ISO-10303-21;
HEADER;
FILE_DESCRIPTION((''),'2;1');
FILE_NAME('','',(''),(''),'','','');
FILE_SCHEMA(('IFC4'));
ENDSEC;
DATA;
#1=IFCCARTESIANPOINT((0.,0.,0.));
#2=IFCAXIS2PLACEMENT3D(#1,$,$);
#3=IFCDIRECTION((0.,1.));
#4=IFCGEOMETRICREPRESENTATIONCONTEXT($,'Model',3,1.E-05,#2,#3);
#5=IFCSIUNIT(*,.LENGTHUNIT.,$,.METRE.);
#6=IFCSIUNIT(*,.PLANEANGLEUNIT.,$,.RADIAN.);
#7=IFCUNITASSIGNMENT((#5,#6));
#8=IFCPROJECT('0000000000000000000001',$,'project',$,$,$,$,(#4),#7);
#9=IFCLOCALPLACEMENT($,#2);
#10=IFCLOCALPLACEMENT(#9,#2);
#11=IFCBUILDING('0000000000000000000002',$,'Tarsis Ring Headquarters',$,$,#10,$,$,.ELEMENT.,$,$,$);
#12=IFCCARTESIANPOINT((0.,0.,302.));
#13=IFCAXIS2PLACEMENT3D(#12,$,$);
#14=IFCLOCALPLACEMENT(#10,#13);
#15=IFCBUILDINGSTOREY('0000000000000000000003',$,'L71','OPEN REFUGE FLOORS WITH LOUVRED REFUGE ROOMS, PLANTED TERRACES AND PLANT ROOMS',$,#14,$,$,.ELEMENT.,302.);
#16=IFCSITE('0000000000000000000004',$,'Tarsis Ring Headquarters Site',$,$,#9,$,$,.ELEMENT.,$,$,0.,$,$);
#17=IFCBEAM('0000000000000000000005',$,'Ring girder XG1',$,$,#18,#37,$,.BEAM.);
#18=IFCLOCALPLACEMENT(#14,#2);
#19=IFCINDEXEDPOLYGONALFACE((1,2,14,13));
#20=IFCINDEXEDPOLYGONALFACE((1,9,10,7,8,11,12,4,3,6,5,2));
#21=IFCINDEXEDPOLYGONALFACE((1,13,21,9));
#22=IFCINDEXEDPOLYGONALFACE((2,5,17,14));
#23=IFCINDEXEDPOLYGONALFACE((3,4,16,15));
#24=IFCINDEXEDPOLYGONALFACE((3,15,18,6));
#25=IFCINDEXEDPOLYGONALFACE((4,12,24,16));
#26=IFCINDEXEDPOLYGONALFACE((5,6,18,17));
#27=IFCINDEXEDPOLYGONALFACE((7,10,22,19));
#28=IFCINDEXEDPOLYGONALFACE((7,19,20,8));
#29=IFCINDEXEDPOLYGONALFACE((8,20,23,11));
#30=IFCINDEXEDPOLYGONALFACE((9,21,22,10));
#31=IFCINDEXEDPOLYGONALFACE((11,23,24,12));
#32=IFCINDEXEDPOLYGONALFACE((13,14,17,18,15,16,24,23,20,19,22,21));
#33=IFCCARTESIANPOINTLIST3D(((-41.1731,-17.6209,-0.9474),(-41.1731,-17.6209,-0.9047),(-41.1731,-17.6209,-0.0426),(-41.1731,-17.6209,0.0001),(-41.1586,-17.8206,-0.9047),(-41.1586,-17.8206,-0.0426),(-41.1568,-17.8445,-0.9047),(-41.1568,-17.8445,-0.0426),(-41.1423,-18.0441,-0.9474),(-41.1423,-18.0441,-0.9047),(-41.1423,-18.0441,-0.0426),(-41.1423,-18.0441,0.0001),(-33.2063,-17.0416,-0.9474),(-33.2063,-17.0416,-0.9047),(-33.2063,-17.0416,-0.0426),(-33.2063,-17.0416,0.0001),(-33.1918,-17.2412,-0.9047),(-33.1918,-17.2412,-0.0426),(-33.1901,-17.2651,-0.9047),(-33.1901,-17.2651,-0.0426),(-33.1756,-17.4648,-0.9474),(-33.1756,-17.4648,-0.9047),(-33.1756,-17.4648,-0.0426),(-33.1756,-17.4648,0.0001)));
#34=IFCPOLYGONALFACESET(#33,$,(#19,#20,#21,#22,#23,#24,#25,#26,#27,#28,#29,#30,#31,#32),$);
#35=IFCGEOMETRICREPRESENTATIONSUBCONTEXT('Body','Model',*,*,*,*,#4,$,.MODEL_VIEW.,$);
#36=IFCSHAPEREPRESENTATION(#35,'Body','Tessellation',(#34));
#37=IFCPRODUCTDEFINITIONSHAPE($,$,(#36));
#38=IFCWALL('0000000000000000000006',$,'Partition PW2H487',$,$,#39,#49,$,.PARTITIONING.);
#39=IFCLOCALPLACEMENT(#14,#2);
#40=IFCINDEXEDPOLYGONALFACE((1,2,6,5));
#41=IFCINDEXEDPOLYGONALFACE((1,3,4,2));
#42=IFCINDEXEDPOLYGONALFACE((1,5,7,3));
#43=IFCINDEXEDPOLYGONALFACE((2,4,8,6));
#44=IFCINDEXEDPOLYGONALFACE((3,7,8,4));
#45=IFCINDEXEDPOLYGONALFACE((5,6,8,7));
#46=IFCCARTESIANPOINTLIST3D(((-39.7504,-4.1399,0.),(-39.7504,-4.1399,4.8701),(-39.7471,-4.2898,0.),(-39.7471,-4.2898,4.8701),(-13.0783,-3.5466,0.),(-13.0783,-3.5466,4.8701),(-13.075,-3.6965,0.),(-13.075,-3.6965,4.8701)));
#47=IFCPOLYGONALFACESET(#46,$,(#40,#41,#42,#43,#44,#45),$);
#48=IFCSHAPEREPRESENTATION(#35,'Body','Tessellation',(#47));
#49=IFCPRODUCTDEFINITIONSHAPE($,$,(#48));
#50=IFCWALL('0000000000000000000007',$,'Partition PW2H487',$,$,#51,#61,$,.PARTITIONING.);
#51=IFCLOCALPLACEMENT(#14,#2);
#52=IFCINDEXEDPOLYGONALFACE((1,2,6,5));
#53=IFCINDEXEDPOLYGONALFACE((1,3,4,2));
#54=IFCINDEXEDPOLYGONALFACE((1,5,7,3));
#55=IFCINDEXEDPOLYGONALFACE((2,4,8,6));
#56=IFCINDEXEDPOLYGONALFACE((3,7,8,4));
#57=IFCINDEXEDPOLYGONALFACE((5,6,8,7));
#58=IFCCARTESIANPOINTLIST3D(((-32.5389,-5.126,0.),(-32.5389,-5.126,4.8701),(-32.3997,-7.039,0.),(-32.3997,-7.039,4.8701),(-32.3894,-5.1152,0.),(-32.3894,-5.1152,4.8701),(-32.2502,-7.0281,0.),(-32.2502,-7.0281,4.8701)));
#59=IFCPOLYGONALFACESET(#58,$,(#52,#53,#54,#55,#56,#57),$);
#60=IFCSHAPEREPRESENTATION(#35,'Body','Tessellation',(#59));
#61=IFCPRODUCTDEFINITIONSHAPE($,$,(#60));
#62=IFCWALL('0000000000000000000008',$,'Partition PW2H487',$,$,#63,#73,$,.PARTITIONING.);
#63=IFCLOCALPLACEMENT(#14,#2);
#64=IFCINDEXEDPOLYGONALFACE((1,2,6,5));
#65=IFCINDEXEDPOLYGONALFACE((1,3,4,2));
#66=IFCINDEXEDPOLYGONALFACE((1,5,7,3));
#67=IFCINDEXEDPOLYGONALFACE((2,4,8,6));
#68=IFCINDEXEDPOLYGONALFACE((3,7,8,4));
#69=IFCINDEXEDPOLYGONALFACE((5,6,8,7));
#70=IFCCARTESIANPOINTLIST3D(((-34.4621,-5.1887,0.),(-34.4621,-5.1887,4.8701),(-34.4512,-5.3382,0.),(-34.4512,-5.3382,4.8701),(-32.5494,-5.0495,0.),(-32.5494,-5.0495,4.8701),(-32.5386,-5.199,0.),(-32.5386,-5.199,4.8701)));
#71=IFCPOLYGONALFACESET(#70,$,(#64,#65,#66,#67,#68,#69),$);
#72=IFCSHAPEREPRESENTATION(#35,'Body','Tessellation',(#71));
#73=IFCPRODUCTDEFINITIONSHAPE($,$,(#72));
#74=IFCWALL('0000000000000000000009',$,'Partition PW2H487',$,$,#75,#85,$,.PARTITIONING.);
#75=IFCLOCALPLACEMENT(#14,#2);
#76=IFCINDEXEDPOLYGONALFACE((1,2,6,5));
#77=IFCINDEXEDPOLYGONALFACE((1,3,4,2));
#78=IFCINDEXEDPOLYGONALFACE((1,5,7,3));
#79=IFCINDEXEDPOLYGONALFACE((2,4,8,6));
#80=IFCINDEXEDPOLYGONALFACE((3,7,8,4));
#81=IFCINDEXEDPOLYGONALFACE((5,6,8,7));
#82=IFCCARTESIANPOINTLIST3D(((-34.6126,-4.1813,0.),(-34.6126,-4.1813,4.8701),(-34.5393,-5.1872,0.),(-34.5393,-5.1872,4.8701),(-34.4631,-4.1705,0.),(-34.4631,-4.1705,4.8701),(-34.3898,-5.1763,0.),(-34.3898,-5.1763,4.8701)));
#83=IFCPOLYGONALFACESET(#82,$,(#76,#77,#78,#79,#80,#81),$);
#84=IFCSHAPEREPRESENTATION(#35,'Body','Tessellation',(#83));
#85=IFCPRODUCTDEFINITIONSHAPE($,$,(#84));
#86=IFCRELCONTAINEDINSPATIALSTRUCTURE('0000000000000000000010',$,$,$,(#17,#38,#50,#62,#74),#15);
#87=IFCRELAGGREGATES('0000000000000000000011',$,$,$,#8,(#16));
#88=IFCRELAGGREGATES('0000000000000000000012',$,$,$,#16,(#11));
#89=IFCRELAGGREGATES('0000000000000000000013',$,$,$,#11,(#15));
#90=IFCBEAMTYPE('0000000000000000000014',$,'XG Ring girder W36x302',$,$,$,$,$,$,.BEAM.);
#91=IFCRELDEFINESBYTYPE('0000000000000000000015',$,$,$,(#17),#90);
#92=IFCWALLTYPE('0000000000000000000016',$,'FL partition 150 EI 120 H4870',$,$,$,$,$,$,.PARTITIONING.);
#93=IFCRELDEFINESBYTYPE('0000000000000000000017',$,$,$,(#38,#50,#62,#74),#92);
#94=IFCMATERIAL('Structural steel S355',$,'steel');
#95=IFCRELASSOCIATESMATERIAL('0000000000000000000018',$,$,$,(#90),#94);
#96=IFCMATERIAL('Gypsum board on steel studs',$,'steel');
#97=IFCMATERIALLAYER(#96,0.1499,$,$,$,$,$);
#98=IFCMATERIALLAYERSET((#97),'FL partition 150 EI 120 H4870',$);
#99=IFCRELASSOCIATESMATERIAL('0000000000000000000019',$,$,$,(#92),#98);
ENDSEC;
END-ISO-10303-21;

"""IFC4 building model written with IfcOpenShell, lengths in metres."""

from ifc_helpers import new_model, si_unit, direction, frame, frame_2d, origin, origin_2d, place, context, subcontext, project, spatial, rectangle, i_section, extrude, material, layer, layer_set, material_profile, profile_set, type_object, element, save


model = new_model("IFC4")

# Units and contexts
model_context = context("Model", 3, precision=1e-05, world=origin(), true_north=direction((0.0, 1.0)))
body_context = subcontext(model_context, "Body", "Model", "MODEL_VIEW")
ifc_project = project(units=[si_unit("LENGTHUNIT", "METRE"), si_unit("PLANEANGLEUNIT", "RADIAN")], contexts=[model_context])

# Site, building, storey
site_placement = place(None, origin())
site = spatial("IfcSite", under=ifc_project, at=site_placement, Name="Tarsis Ring Headquarters Site", CompositionType="ELEMENT", RefElevation=0.0)
building_placement = place(site_placement, origin())
building = spatial("IfcBuilding", under=site, at=building_placement, Name="Tarsis Ring Headquarters", CompositionType="ELEMENT")
storey_placement = place(building_placement, frame((0.0, 0.0, 302.0)))
storey = spatial("IfcBuildingStorey", under=building, at=storey_placement, Name="L71", Description="OPEN REFUGE FLOORS WITH LOUVRED REFUGE ROOMS, PLANTED TERRACES AND PLANT ROOMS", CompositionType="ELEMENT", Elevation=302.0)

# Shared definitions
ifc_material_1 = material(Name="Structural steel S355", Category="steel")

# Beam
ifc_material_profile_1 = material_profile(ifc_material_1, i_section(OverallWidth=0.4243, OverallDepth=0.9475, WebThickness=0.0239, FlangeThickness=0.0427, at=origin_2d()), Name="W36x302")
ifc_profile_set_1 = profile_set([ifc_material_profile_1], Name="Structural steel S355")
beam_type = type_object("IfcBeamType", Name="XG Ring girder W36x302", PredefinedType="BEAM", material=ifc_profile_set_1)
beam_1_placement = place(storey_placement, frame((-41.1577, -17.8325, -0.4736), z_axis=(0.997366, 0.072529, 0.0), x_axis=(-0.072529, 0.997366, 0.0)))
element("IfcBeam", 1, at=beam_1_placement, inside=storey, type_object=beam_type, Name="Ring girder XG1", PredefinedType="BEAM", context=body_context, shape_type="SweptSolid", body=[
    extrude(i_section(OverallWidth=0.4243, OverallDepth=0.9475, WebThickness=0.0239, FlangeThickness=0.0427, at=origin_2d()), origin(), (0.0, 0.0, 1.0), 7.9878),
])

# Walls
ifc_material_2 = material(Name="Gypsum board on steel studs", Category="steel")
ifc_layer_1 = layer(ifc_material_2, 0.1499)
ifc_layer_set_1 = layer_set([ifc_layer_1], Name="FL partition 150 EI 120 H4870")
wall_type_1 = type_object("IfcWallType", Name="FL partition 150 EI 120 H4870", PredefinedType="PARTITIONING", material=ifc_layer_set_1)
wall_1_placement = place(storey_placement, frame((-39.7488, -4.2148, 0.0), z_axis=(0.0, 0.0, 1.0), x_axis=(0.999753, 0.022237, 0.0)))
element("IfcWall", 2, at=wall_1_placement, inside=storey, type_object=wall_type_1, Name="Partition PW2H487", PredefinedType="PARTITIONING", context=body_context, shape_type="SweptSolid", body=[
    extrude(rectangle(XDim=26.6787, YDim=0.1499, at=frame_2d((13.3394, 0.0))), origin(), (0.0, 0.0, 1.0), 4.8701),
])
wall_2_placement = place(storey_placement, frame((-32.4641, -5.1206, 0.0), z_axis=(0.0, 0.0, 1.0), x_axis=(0.072559, -0.997364, 0.0)))
element("IfcWall", 3, at=wall_2_placement, inside=storey, type_object=wall_type_1, Name="Partition PW2H487", PredefinedType="PARTITIONING", context=body_context, shape_type="SweptSolid", body=[
    extrude(rectangle(XDim=1.918, YDim=0.1499, at=frame_2d((0.959, 0.0))), origin(), (0.0, 0.0, 1.0), 4.8701),
])
wall_3_placement = place(storey_placement, frame((-34.4568, -5.2634, 0.0), z_axis=(0.0, 0.0, 1.0), x_axis=(0.997363, 0.072568, 0.0)))
element("IfcWall", 4, at=wall_3_placement, inside=storey, type_object=wall_type_1, Name="Partition PW2H487", PredefinedType="PARTITIONING", context=body_context, shape_type="SweptSolid", body=[
    extrude(rectangle(XDim=1.9177, YDim=0.1499, at=frame_2d((0.959, 0.0))), origin(), (0.0, 0.0, 1.0), 4.8701),
])
wall_4_placement = place(storey_placement, frame((-34.5378, -4.1758, 0.0), z_axis=(0.0, 0.0, 1.0), x_axis=(0.072623, -0.997359, 0.0)))
element("IfcWall", 5, at=wall_4_placement, inside=storey, type_object=wall_type_1, Name="Partition PW2H487", PredefinedType="PARTITIONING", context=body_context, shape_type="SweptSolid", body=[
    extrude(rectangle(XDim=1.0085, YDim=0.1499, at=frame_2d((0.5044, 0.0))), origin(), (0.0, 0.0, 1.0), 4.8701),
])

save(model, "model.ifc")
